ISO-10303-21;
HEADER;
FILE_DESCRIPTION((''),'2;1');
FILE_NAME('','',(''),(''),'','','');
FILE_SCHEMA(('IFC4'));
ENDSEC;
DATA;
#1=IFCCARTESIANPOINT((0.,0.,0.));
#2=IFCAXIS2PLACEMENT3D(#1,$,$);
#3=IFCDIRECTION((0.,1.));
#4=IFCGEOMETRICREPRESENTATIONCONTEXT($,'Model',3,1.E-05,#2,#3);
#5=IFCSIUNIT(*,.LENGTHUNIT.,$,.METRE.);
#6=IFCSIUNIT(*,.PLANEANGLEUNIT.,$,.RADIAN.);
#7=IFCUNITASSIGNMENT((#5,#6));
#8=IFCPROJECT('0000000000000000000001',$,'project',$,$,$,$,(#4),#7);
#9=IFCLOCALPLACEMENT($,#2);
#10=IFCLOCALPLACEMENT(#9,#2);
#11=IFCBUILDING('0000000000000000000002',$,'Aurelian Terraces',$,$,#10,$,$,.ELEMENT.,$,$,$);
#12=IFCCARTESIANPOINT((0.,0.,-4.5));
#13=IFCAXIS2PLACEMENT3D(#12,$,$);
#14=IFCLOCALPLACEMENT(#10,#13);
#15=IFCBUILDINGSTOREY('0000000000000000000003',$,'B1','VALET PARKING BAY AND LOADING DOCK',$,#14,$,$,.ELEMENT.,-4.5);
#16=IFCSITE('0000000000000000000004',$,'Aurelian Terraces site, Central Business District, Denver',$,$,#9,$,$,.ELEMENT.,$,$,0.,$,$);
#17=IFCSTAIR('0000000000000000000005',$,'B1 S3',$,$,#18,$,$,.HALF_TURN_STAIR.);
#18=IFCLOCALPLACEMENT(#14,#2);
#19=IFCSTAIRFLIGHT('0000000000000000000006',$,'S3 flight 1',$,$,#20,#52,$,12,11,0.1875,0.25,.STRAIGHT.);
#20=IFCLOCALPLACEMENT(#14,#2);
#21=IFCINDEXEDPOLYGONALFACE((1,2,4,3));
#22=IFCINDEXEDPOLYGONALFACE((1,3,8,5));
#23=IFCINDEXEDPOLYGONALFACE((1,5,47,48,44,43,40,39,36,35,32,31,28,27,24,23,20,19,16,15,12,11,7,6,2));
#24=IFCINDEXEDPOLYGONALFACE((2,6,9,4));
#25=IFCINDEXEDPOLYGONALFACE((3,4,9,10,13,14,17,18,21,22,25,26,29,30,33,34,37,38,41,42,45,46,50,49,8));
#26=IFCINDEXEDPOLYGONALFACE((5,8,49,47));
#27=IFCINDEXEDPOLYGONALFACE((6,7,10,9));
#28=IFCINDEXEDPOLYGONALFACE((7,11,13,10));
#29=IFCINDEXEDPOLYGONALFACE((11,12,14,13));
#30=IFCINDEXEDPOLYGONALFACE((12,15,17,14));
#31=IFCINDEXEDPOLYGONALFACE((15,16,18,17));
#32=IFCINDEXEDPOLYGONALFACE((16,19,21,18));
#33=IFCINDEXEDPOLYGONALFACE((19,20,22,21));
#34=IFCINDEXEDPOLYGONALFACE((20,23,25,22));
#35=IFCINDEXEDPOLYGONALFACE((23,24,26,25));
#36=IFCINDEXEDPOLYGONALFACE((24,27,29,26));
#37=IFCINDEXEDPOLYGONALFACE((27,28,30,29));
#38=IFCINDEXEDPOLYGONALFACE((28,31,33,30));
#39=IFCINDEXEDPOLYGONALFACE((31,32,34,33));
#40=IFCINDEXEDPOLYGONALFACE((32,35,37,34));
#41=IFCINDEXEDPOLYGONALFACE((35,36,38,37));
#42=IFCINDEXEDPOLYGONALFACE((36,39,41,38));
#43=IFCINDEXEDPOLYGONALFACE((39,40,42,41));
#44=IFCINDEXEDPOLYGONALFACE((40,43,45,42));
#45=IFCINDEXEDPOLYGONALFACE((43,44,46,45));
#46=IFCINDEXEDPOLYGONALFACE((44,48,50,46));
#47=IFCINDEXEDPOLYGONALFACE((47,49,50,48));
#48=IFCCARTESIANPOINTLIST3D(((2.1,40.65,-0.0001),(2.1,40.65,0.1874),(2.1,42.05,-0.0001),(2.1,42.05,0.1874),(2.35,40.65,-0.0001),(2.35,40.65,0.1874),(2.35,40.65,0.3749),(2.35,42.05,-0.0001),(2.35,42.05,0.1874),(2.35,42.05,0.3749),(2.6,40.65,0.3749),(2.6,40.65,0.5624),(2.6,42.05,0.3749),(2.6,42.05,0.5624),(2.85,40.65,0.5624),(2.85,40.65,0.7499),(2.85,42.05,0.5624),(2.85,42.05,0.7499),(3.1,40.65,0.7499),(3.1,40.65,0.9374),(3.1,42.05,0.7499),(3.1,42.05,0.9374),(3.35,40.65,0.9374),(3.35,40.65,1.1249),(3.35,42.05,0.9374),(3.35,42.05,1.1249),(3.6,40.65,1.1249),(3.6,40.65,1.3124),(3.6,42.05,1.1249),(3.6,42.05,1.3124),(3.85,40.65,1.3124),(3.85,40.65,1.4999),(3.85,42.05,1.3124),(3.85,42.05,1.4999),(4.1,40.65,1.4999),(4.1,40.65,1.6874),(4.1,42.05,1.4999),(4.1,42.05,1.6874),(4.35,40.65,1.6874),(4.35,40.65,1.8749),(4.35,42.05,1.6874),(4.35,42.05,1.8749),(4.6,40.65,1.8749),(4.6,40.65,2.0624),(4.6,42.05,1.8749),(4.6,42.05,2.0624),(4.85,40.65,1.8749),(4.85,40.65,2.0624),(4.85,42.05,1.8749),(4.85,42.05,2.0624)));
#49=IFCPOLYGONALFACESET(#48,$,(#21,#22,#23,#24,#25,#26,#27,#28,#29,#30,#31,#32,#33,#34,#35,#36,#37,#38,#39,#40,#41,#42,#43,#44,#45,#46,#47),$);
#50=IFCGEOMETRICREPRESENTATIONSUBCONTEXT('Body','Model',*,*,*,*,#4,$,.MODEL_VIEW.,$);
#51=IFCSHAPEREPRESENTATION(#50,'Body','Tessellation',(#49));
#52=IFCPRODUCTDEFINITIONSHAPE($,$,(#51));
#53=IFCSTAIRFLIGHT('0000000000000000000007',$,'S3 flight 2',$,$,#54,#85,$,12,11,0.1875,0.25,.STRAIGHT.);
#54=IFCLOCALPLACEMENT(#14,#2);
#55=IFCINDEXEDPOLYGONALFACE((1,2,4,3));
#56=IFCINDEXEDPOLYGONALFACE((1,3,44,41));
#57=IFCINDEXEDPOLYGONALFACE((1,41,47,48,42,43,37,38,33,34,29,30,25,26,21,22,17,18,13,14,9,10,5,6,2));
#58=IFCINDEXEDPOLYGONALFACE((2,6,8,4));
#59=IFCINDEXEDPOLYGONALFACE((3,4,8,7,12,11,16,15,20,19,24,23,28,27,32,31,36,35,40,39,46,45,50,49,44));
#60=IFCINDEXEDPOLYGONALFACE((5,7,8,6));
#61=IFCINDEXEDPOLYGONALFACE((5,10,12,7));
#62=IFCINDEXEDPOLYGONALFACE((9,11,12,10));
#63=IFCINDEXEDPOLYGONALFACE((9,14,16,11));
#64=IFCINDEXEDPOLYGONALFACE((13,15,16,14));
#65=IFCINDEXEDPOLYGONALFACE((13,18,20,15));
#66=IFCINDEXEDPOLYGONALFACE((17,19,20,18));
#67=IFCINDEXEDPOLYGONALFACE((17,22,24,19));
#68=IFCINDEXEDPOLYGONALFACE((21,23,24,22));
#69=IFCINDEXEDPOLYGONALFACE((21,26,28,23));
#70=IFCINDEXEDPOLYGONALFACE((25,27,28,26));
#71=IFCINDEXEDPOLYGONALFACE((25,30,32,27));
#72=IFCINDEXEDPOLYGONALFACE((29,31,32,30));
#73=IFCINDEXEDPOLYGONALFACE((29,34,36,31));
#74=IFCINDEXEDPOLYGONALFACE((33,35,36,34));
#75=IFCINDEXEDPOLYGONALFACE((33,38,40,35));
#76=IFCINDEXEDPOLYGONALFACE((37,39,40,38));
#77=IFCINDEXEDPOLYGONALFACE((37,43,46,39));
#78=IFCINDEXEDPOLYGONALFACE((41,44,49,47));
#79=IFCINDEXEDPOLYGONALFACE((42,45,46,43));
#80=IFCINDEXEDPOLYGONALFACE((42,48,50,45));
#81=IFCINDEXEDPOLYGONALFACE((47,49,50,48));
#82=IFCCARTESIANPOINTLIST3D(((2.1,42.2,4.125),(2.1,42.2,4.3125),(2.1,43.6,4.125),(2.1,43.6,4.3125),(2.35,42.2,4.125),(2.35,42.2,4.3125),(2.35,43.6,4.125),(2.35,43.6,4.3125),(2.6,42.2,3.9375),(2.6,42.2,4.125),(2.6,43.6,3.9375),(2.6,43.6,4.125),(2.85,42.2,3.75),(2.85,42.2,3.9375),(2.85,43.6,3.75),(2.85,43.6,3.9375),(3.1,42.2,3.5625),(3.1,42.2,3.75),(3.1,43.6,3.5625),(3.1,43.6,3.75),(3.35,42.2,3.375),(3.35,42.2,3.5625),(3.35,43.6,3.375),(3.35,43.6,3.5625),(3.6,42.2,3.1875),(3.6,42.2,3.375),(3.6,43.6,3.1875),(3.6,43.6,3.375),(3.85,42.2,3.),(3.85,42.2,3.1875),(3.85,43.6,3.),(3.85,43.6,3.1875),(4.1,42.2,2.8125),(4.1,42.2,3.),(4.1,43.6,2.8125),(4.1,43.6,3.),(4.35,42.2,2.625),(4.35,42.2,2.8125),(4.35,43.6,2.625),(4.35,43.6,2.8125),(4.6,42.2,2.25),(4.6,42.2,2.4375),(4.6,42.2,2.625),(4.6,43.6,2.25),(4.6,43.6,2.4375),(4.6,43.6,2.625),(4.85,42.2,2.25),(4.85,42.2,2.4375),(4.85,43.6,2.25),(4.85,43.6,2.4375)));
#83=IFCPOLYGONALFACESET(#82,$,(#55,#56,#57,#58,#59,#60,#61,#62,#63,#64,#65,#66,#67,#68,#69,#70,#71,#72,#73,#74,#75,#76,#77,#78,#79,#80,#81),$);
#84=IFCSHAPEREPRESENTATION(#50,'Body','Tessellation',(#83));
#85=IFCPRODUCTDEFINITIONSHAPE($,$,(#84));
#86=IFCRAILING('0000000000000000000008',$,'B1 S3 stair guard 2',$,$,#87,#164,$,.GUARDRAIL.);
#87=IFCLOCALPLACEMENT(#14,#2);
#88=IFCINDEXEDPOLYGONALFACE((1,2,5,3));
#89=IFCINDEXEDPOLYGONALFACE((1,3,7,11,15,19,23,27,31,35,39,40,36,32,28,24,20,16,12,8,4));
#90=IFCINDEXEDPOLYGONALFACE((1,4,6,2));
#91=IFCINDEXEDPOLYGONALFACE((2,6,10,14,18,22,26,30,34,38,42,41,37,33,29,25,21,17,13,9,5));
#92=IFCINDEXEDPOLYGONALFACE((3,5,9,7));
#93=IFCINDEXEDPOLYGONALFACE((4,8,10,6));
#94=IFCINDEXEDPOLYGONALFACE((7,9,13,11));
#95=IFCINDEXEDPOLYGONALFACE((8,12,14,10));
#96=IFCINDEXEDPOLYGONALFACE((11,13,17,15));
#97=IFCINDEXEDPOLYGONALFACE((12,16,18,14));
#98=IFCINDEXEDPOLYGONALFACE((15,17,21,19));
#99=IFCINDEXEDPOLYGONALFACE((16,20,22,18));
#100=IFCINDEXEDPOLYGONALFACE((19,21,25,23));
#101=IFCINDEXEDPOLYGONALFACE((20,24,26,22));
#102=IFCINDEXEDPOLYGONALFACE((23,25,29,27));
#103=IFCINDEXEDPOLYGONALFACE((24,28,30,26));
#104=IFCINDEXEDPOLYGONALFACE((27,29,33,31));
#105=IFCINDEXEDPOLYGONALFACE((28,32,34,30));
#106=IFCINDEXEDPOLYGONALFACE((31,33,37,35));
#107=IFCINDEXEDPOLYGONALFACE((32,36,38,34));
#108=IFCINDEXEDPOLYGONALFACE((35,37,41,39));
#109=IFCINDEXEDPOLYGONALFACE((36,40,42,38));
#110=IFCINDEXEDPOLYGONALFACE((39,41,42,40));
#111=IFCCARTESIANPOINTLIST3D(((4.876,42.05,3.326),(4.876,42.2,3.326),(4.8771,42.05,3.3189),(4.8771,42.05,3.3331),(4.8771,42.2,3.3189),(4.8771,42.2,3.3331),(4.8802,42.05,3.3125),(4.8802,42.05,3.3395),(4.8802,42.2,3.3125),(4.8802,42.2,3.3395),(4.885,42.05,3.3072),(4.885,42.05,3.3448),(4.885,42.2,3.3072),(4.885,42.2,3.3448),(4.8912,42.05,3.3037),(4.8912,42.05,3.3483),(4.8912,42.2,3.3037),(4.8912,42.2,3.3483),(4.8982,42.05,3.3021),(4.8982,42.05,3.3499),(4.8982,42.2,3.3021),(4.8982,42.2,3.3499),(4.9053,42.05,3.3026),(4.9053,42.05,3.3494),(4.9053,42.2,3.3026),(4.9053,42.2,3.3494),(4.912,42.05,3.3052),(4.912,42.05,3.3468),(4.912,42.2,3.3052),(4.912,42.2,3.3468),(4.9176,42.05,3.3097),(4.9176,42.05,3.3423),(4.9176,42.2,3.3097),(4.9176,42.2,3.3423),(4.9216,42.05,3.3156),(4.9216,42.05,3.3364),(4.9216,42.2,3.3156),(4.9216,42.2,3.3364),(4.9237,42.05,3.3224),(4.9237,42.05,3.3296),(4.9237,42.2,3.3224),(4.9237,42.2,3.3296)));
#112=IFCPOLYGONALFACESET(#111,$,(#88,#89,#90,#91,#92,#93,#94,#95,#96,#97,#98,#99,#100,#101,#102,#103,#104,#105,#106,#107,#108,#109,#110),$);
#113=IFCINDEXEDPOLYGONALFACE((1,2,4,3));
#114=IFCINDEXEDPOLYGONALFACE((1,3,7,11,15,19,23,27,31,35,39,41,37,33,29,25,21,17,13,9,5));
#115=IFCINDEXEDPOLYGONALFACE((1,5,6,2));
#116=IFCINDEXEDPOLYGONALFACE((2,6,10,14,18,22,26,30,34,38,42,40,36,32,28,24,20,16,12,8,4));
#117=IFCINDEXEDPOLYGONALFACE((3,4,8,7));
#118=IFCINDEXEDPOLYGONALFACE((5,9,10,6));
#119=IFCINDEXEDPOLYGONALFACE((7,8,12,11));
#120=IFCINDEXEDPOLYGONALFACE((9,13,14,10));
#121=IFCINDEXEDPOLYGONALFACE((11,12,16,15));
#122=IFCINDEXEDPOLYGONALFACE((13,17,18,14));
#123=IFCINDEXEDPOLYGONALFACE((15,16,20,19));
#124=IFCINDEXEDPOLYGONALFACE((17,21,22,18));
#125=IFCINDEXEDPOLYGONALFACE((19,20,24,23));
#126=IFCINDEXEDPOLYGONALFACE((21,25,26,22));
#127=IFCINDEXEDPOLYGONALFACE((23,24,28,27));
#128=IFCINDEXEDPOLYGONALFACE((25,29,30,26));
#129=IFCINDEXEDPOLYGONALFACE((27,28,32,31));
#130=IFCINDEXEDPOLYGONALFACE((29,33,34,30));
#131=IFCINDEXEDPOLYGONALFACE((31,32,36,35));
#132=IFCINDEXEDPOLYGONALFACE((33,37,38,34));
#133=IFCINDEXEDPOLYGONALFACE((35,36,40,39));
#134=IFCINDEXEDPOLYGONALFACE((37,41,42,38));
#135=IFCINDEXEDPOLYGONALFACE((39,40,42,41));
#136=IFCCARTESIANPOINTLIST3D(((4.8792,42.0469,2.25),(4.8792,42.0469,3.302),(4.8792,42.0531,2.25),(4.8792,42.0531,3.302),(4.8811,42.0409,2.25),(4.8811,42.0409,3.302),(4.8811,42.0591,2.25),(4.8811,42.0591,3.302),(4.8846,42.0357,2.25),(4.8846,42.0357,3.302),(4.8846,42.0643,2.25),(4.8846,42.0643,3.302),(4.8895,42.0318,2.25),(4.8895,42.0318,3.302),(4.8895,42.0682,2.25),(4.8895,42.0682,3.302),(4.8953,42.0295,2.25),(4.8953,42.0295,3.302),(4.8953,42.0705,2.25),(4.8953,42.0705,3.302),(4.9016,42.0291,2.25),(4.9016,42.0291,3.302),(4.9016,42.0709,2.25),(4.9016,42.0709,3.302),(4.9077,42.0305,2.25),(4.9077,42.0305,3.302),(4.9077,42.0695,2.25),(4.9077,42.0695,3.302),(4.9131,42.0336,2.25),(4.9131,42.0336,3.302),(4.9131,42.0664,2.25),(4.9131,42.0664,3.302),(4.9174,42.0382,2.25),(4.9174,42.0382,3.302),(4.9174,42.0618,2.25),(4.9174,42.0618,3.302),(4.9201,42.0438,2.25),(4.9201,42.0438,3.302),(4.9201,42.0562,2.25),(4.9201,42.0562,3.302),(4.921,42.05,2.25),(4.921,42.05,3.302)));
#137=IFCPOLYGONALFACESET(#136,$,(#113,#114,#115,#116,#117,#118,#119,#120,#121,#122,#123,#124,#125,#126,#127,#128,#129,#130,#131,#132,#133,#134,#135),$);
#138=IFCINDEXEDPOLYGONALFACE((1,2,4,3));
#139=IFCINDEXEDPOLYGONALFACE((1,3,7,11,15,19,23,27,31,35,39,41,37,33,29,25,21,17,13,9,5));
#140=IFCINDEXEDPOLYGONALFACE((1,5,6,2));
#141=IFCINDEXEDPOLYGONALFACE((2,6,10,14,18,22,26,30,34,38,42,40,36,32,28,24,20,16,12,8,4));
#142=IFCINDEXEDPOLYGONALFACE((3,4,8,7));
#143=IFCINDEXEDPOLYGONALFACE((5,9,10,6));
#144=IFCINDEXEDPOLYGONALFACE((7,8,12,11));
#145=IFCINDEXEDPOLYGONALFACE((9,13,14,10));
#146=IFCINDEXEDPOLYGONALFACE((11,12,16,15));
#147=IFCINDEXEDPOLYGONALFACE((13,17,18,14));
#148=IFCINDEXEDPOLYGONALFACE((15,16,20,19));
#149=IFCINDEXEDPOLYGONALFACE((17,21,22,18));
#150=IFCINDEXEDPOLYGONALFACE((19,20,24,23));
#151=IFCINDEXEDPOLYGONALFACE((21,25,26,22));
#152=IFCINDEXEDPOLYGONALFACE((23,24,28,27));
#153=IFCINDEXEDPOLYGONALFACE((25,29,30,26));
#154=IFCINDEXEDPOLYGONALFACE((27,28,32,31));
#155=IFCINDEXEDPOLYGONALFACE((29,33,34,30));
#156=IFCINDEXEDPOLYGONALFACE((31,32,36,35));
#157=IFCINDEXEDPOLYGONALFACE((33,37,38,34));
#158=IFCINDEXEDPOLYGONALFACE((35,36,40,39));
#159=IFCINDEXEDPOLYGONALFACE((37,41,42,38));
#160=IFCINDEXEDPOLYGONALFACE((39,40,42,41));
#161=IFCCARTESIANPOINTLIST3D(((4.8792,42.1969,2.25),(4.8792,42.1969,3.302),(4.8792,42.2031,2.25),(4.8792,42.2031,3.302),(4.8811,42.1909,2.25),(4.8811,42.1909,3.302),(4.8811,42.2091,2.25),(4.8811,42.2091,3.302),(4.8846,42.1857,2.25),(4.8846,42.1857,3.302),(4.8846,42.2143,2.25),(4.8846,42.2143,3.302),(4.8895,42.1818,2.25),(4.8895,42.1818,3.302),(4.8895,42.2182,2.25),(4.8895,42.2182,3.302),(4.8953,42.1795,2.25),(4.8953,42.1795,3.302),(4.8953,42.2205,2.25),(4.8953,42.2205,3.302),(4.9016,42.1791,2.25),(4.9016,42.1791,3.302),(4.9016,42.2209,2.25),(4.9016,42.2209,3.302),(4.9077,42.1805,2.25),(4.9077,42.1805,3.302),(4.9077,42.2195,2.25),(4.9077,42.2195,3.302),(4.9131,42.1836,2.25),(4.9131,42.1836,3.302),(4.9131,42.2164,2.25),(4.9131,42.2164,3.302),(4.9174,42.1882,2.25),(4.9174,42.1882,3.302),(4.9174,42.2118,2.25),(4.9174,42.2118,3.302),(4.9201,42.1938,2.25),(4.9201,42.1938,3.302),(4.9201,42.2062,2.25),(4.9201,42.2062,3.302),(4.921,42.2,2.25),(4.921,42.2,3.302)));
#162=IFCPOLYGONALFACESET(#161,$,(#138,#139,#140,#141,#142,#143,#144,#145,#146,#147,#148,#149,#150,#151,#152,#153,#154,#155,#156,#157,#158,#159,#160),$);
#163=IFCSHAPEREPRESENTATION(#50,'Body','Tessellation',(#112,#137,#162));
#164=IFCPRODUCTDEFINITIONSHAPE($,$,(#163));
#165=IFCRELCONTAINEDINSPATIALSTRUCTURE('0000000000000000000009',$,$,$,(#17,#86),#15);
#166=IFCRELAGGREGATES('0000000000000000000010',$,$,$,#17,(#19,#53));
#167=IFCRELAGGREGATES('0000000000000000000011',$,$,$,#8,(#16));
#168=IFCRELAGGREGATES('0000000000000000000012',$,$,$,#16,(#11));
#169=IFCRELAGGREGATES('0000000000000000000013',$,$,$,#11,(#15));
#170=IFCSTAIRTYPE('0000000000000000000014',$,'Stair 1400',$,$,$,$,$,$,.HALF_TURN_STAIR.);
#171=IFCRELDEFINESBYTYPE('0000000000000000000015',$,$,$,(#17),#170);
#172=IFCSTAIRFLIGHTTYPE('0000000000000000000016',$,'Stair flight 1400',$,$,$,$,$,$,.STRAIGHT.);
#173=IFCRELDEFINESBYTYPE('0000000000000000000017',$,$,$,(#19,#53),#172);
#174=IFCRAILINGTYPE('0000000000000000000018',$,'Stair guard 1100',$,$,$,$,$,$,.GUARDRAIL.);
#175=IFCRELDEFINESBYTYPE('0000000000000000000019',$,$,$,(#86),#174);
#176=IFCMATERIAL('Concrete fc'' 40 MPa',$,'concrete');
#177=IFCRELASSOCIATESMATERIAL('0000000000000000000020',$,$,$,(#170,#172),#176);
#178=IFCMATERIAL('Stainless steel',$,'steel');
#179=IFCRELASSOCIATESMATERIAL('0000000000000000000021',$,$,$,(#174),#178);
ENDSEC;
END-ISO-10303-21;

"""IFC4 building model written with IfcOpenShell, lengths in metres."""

from ifc_helpers import new_model, si_unit, direction, frame, origin, origin_2d, place, context, subcontext, project, spatial, polyline, circle, outline, extrude, source, transform, mapped, material, type_object, element, aggregate, save


model = new_model("IFC4")

# Units and contexts
model_context = context("Model", 3, precision=1e-05, world=origin(), true_north=direction((0.0, 1.0)))
body_context = subcontext(model_context, "Body", "Model", "MODEL_VIEW")
ifc_project = project(units=[si_unit("LENGTHUNIT", "METRE"), si_unit("PLANEANGLEUNIT", "RADIAN")], contexts=[model_context])

# Site, building, storey
site_placement = place(None, origin())
site = spatial("IfcSite", under=ifc_project, at=site_placement, Name="Aurelian Terraces site, Central Business District, Denver", CompositionType="ELEMENT", RefElevation=0.0)
building_placement = place(site_placement, origin())
building = spatial("IfcBuilding", under=site, at=building_placement, Name="Aurelian Terraces", CompositionType="ELEMENT")
storey_placement = place(building_placement, frame((0.0, 0.0, -4.5)))
storey = spatial("IfcBuildingStorey", under=building, at=storey_placement, Name="B1", Description="VALET PARKING BAY AND LOADING DOCK", CompositionType="ELEMENT", Elevation=-4.5)

# Shared definitions
ifc_material_1 = material(Name="Concrete fc' 40 MPa", Category="concrete")

# Stair, stair flights
stair_type = type_object("IfcStairType", Name="Stair 1400", PredefinedType="HALF_TURN_STAIR", material=ifc_material_1)
stair_placement = place(storey_placement, origin())
stair = element("IfcStair", 1, at=stair_placement, inside=storey, type_object=stair_type, Name="B1 S3", PredefinedType="HALF_TURN_STAIR")
stair_flight_type = type_object("IfcStairFlightType", Name="Stair flight 1400", PredefinedType="STRAIGHT", material=ifc_material_1)
shared_shape_1 = source(origin(), body_context, "Body", "SweptSolid", [
    extrude(outline(polyline([(0.0, 0.0), (0.0, 0.1875), (0.25, 0.1875), (0.25, 0.375), (0.5, 0.375), (0.5, 0.5625), (0.75, 0.5625), (0.75, 0.75), (1.0, 0.75), (1.0, 0.9375), (1.25, 0.9375), (1.25, 1.125), (1.5, 1.125), (1.5, 1.3125), (1.75, 1.3125), (1.75, 1.5), (2.0, 1.5), (2.0, 1.6875), (2.25, 1.6875), (2.25, 1.875), (2.5, 1.875), (2.5, 2.0625), (2.75, 2.0625), (2.75, 2.25), (2.75, 1.875), (0.25, 0.0), (0.0, 0.0)])), frame((0.0, 0.7, 0.0), z_axis=(0.0, -1.0, 0.0), x_axis=(1.0, 0.0, 0.0)), (0.0, 0.0, 1.0), 1.4),
])
stair_flight_1_placement = place(storey_placement, frame((2.1, 41.35, -0.0001), z_axis=(0.0, 0.0, 1.0), x_axis=(1.0, 0.0, 0.0)))
stair_flight_1 = element("IfcStairFlight", 2, at=stair_flight_1_placement, type_object=stair_flight_type, Name="S3 flight 1", NumberOfRisers=12, NumberOfTreads=11, PredefinedType="STRAIGHT", RiserHeight=0.1875, TreadLength=0.25, context=body_context, shape_type="MappedRepresentation", body=[
    mapped(shared_shape_1, transform((0.0, 0.0, 0.0), scale=1.0)),
])
stair_flight_2_placement = place(storey_placement, frame((4.85, 42.9, 2.25), z_axis=(0.0, 0.0, 1.0), x_axis=(-1.0, 0.0, 0.0)))
stair_flight_2 = element("IfcStairFlight", 3, at=stair_flight_2_placement, type_object=stair_flight_type, Name="S3 flight 2", NumberOfRisers=12, NumberOfTreads=11, PredefinedType="STRAIGHT", RiserHeight=0.1875, TreadLength=0.25, context=body_context, shape_type="MappedRepresentation", body=[
    mapped(shared_shape_1, transform((0.0, 0.0, 0.0), scale=1.0)),
])
aggregate(stair, [stair_flight_1, stair_flight_2])

# Railing
ifc_material_2 = material(Name="Stainless steel", Category="steel")
railing_type_1 = type_object("IfcRailingType", Name="Stair guard 1100", PredefinedType="GUARDRAIL", material=ifc_material_2)
shared_shape_2 = source(origin(), body_context, "Body", "SweptSolid", [
    extrude(circle(Radius=0.024, at=origin_2d()), frame((0.0, 0.0, 1.076), z_axis=(0.0, 1.0, 0.0), x_axis=(-1.0, 0.0, 0.0)), (0.0, 0.0, 1.0), 0.15),
    extrude(circle(Radius=0.021, at=origin_2d()), origin(), (0.0, 0.0, 1.0), 1.052),
    extrude(circle(Radius=0.021, at=origin_2d()), frame((0.0, 0.15, 0.0)), (0.0, 0.0, 1.0), 1.052),
])
for number, where, name in (
    (4, (4.9, 42.05, 2.25), "B1 S3 stair guard 2"),
):
    element("IfcRailing", number, at=place(storey_placement, frame(where)), inside=storey, type_object=railing_type_1, Name=name, PredefinedType="GUARDRAIL", context=body_context, shape_type="MappedRepresentation", body=[
        mapped(shared_shape_2, transform((0.0, 0.0, 0.0), scale=1.0)),
    ])

save(model, "model.ifc")
